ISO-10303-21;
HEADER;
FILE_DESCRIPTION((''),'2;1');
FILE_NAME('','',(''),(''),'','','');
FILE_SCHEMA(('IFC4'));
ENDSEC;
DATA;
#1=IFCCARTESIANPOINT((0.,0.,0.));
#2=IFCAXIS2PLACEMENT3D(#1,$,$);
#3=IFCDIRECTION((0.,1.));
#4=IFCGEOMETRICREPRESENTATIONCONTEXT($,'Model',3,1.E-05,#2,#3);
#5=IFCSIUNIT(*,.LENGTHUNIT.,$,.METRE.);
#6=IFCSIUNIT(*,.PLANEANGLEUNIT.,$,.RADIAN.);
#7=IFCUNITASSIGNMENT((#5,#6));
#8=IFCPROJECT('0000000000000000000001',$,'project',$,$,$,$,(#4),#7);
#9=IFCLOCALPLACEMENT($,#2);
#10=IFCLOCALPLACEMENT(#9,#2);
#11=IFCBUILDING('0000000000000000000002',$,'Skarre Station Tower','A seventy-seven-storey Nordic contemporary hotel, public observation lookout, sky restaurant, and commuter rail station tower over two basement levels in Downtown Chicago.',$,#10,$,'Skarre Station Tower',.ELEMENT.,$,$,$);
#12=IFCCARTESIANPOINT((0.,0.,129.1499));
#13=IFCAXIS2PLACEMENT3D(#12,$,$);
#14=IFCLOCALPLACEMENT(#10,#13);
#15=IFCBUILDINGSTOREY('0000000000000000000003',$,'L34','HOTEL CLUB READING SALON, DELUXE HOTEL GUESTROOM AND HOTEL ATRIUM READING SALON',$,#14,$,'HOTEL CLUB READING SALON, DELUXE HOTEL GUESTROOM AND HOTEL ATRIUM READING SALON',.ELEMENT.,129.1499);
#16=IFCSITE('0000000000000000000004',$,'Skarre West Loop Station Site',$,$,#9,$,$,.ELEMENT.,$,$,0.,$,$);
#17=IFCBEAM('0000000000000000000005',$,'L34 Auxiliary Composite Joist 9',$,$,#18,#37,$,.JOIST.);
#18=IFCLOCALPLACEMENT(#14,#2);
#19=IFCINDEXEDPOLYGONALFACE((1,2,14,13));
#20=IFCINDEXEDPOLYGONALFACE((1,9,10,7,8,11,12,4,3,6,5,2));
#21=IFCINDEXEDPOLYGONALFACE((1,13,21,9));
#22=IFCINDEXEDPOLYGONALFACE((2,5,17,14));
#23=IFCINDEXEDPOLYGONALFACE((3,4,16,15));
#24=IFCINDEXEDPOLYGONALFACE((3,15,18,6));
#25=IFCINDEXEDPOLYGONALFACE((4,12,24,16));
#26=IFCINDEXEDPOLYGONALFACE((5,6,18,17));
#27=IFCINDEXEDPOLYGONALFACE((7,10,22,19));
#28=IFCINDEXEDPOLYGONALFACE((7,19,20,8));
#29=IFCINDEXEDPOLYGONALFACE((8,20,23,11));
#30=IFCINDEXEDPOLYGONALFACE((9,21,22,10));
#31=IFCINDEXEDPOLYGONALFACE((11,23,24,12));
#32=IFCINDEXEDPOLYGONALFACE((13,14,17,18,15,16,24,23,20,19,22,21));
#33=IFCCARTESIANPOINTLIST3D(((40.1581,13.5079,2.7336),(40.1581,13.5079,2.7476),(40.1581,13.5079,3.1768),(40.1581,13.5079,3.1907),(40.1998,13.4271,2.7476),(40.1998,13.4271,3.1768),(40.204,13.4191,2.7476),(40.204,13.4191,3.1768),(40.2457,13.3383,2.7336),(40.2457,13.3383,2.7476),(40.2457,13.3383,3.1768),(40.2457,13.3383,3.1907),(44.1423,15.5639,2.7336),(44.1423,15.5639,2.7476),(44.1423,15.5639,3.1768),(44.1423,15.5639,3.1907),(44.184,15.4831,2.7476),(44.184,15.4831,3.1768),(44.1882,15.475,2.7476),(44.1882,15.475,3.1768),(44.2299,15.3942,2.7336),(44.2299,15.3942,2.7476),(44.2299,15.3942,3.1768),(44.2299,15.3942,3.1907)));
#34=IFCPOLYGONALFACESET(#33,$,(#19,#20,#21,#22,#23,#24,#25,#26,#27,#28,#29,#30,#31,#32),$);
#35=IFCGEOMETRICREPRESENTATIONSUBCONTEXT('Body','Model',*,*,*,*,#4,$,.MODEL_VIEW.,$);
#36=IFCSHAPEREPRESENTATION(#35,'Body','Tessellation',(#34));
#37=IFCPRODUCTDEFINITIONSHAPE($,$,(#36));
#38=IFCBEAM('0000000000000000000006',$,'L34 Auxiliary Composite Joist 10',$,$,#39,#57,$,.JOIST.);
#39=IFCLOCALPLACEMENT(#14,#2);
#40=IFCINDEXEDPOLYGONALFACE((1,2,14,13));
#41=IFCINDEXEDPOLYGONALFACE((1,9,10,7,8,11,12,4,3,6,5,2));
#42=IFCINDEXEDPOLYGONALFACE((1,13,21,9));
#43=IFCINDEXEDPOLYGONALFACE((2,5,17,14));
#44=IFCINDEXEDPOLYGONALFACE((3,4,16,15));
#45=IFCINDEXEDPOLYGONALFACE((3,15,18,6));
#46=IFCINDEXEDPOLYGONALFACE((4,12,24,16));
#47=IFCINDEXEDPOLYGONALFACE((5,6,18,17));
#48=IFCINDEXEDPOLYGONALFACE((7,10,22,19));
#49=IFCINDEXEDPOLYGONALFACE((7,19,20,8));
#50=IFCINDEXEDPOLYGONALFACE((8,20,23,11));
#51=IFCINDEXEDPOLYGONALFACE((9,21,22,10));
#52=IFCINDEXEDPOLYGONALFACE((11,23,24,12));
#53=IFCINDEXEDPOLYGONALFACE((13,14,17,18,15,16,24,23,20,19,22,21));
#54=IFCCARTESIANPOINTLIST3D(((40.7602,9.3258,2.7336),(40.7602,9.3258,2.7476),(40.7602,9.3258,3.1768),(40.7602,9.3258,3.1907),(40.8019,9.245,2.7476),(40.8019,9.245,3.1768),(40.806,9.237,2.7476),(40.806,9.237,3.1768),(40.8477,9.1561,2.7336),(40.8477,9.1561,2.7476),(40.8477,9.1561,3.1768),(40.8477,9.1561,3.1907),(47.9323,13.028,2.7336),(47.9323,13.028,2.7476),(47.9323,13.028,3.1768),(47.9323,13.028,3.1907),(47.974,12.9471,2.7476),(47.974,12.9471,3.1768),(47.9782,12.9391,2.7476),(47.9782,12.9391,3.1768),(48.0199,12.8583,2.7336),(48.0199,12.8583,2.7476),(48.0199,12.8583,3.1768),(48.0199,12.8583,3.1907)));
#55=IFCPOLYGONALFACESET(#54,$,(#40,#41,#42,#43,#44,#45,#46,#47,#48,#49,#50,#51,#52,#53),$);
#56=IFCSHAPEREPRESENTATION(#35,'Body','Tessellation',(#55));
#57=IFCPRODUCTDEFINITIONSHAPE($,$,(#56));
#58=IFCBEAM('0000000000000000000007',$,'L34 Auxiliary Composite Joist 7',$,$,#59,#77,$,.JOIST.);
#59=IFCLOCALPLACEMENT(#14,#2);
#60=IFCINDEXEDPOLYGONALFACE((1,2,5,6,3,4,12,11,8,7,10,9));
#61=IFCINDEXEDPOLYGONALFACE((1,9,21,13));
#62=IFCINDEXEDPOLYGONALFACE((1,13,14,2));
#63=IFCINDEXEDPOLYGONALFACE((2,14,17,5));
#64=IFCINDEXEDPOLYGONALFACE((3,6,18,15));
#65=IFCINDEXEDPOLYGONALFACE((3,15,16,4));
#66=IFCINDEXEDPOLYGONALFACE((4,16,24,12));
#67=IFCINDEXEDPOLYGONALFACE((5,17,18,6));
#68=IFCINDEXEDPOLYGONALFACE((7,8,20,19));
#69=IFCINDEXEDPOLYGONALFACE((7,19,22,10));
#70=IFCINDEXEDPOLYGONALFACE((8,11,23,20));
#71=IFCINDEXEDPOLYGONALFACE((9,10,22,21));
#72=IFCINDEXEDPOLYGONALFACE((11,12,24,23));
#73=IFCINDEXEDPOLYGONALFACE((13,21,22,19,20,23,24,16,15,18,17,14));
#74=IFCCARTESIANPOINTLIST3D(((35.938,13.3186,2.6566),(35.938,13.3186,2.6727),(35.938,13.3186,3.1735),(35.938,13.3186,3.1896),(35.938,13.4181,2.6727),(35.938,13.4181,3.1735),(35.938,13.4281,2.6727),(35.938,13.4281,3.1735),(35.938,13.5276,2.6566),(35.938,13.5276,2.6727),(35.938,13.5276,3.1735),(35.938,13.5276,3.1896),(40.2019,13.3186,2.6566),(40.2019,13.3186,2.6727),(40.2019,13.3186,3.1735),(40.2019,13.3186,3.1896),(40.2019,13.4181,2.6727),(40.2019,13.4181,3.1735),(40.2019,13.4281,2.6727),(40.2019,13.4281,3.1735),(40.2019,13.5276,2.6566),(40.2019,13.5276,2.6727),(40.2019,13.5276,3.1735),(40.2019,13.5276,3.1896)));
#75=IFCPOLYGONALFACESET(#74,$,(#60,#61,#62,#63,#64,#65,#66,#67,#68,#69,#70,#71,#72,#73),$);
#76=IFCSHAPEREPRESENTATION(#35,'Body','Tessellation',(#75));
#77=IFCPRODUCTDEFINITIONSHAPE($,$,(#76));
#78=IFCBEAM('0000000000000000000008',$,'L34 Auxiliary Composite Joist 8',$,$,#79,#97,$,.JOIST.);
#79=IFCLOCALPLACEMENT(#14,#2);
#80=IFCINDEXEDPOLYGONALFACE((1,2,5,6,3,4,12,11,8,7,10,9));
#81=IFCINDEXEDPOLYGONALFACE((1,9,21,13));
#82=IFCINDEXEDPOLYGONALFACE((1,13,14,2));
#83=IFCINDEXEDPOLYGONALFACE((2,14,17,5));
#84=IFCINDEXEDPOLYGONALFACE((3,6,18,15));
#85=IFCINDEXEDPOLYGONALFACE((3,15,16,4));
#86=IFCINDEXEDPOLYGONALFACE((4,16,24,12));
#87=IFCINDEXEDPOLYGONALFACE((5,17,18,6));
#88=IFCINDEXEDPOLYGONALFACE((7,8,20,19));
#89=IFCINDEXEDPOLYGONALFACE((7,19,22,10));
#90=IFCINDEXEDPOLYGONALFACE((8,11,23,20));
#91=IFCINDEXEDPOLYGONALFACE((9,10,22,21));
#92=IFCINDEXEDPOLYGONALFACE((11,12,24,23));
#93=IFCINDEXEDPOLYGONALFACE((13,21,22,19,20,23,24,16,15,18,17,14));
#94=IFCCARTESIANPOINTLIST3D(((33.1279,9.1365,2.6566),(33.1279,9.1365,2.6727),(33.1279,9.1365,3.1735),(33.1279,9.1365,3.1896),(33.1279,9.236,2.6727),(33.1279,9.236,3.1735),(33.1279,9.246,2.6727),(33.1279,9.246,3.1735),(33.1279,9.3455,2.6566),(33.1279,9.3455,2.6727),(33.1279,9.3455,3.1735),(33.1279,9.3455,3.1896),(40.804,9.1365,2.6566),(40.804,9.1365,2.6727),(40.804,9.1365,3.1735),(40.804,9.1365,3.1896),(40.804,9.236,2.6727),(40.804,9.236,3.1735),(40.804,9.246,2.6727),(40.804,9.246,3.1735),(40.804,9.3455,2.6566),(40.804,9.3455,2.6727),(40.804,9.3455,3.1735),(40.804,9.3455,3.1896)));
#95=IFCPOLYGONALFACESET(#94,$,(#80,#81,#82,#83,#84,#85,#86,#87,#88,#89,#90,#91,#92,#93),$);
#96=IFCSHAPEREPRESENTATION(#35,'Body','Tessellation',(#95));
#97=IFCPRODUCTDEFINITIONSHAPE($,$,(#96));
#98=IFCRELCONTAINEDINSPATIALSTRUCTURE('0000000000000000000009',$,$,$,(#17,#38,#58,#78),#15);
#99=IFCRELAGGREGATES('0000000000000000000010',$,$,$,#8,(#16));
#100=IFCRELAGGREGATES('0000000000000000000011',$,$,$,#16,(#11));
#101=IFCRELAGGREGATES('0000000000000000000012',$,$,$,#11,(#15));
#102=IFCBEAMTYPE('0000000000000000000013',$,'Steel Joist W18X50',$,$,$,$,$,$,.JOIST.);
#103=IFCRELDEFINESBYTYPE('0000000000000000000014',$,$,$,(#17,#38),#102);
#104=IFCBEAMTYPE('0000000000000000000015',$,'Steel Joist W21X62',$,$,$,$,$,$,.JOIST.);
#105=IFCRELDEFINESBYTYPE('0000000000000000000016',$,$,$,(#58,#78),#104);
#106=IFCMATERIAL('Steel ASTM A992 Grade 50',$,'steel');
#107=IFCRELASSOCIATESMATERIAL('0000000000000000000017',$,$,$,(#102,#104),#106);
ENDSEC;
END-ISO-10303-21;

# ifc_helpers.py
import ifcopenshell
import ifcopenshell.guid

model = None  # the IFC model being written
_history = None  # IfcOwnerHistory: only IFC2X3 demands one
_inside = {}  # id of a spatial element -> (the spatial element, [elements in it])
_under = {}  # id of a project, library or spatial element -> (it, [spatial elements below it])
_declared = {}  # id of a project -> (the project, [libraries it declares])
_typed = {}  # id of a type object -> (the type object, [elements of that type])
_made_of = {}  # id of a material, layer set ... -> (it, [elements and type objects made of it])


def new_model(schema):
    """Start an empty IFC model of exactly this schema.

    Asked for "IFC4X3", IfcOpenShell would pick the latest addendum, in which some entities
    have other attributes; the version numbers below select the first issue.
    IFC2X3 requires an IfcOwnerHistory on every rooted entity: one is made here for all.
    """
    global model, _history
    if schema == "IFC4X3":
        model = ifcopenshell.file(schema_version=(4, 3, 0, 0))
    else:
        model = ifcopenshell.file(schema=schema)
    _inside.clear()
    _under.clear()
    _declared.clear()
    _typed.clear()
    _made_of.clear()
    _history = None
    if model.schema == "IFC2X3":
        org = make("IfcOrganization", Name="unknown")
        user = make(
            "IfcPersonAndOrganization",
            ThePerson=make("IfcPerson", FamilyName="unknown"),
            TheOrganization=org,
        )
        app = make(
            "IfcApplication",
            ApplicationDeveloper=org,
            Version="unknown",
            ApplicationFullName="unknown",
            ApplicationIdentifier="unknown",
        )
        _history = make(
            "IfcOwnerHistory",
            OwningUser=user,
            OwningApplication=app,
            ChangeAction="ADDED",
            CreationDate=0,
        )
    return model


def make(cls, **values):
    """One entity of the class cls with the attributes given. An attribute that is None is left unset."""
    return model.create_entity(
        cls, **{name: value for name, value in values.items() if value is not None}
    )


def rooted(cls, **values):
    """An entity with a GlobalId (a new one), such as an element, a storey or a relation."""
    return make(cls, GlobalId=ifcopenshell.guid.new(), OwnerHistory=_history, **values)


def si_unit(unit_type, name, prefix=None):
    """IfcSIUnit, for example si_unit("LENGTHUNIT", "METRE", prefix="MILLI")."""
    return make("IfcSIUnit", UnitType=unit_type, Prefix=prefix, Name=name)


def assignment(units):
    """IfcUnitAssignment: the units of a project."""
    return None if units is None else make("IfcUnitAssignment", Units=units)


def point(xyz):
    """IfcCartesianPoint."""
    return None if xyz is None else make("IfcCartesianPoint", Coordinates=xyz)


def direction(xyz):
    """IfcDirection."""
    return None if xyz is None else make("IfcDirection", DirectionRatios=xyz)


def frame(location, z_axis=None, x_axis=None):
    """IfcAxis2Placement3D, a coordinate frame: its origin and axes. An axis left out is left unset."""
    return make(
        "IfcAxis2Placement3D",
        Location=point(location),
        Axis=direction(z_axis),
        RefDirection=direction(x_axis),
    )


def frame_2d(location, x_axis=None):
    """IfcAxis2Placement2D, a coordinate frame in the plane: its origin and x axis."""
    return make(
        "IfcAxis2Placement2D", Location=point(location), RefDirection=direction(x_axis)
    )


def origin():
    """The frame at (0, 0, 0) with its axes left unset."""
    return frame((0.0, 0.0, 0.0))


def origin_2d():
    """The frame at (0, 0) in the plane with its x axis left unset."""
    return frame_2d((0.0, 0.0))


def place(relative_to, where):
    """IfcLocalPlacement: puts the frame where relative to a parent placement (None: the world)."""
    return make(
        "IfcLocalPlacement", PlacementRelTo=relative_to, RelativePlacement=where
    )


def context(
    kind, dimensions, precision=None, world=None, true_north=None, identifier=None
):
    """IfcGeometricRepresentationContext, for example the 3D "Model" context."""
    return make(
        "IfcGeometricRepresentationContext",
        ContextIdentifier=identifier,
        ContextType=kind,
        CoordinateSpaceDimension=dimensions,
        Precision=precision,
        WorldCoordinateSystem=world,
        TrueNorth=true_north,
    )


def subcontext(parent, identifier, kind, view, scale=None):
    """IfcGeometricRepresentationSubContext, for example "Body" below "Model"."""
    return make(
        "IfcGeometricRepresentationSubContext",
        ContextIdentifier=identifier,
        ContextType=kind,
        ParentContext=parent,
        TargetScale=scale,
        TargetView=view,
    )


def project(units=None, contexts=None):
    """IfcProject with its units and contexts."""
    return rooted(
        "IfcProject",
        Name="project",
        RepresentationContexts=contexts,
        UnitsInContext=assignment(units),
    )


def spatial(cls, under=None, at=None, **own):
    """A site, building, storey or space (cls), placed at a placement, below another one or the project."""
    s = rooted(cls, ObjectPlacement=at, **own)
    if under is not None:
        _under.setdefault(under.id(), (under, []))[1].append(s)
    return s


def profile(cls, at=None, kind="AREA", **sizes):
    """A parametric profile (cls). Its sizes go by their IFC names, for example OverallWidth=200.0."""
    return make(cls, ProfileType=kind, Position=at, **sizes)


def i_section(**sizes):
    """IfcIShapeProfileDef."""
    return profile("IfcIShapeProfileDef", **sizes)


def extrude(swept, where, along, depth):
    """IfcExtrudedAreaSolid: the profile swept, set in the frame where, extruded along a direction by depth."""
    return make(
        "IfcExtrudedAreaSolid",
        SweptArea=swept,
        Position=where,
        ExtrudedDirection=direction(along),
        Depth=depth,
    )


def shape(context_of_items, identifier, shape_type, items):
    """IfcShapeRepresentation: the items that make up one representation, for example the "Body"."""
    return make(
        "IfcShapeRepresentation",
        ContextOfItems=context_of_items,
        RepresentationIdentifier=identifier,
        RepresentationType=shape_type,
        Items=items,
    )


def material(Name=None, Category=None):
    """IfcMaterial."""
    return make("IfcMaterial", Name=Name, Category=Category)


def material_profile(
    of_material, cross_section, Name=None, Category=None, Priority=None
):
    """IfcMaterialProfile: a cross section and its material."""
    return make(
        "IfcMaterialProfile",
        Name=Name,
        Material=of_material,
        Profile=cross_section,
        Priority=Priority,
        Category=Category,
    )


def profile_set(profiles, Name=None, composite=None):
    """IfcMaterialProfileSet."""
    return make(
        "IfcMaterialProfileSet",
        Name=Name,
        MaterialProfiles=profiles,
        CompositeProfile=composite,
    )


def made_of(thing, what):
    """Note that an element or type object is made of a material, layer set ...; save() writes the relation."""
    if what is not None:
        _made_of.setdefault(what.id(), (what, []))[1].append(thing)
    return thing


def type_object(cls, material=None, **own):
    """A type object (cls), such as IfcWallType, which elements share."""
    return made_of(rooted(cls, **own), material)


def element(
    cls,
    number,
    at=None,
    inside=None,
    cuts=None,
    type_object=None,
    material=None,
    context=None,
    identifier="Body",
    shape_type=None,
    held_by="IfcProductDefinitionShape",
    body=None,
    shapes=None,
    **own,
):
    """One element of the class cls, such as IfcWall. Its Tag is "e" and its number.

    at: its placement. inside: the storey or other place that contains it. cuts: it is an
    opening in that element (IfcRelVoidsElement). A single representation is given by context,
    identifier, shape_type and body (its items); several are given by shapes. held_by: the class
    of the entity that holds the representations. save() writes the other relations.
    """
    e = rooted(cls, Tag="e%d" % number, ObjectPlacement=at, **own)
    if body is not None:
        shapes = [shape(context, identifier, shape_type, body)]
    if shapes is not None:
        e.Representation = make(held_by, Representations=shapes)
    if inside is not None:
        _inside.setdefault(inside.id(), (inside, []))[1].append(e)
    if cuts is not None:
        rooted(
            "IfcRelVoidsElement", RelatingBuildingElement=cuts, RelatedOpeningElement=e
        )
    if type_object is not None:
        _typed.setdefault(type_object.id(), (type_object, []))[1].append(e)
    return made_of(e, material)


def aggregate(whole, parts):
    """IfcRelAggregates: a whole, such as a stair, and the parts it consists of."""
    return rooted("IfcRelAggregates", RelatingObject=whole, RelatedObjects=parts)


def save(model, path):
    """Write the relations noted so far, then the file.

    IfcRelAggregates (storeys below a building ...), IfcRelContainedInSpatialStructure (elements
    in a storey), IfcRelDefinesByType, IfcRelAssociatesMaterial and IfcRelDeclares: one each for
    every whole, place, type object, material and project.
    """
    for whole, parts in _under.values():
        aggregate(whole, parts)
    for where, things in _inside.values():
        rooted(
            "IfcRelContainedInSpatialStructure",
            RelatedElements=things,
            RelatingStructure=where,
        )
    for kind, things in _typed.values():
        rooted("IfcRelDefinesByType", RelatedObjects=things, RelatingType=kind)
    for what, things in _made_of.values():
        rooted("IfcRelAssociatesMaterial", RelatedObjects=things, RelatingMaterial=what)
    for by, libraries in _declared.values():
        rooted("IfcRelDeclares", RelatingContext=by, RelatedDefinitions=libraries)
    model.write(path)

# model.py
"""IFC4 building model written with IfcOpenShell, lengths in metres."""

from ifc_helpers import new_model, si_unit, direction, frame, origin, origin_2d, place, context, subcontext, project, spatial, i_section, extrude, material, material_profile, profile_set, type_object, element, save


model = new_model("IFC4")

# Units and contexts
model_context = context("Model", 3, precision=1e-05, world=origin(), true_north=direction((0.0, 1.0)))
body_context = subcontext(model_context, "Body", "Model", "MODEL_VIEW")
ifc_project = project(units=[si_unit("LENGTHUNIT", "METRE"), si_unit("PLANEANGLEUNIT", "RADIAN")], contexts=[model_context])

# Site, building, storey
site_placement = place(None, origin())
site = spatial("IfcSite", under=ifc_project, at=site_placement, Name="Skarre West Loop Station Site", CompositionType="ELEMENT", RefElevation=0.0)
building_placement = place(site_placement, origin())
building = spatial("IfcBuilding", under=site, at=building_placement, Name="Skarre Station Tower", Description="A seventy-seven-storey Nordic contemporary hotel, public observation lookout, sky restaurant, and commuter rail station tower over two basement levels in Downtown Chicago.", LongName="Skarre Station Tower", CompositionType="ELEMENT")
storey_placement = place(building_placement, frame((0.0, 0.0, 129.1499)))
storey = spatial("IfcBuildingStorey", under=building, at=storey_placement, Name="L34", Description="HOTEL CLUB READING SALON, DELUXE HOTEL GUESTROOM AND HOTEL ATRIUM READING SALON", LongName="HOTEL CLUB READING SALON, DELUXE HOTEL GUESTROOM AND HOTEL ATRIUM READING SALON", CompositionType="ELEMENT", Elevation=129.1499)

# Beams
ifc_material_1 = material(Name="Steel ASTM A992 Grade 50", Category="steel")
ifc_material_profile_1 = material_profile(ifc_material_1, i_section(OverallWidth=0.1909, OverallDepth=0.457, WebThickness=0.009, FlangeThickness=0.0139, at=origin_2d()), Name="Steel ASTM A992 Grade 50")
ifc_profile_set_1 = profile_set([ifc_material_profile_1], Name="Steel ASTM A992 Grade 50")
beam_type_1 = type_object("IfcBeamType", Name="Steel Joist W18X50", PredefinedType="JOIST", material=ifc_profile_set_1)
beam_1_placement = place(storey_placement, frame((40.2019, 13.4231, 2.9622), z_axis=(0.888659, 0.458569, 0.0), x_axis=(-0.458569, 0.888659, 0.0)))
element("IfcBeam", 1, at=beam_1_placement, inside=storey, type_object=beam_type_1, Name="L34 Auxiliary Composite Joist 9", PredefinedType="JOIST", context=body_context, shape_type="SweptSolid", body=[
    extrude(i_section(OverallWidth=0.1909, OverallDepth=0.457, WebThickness=0.009, FlangeThickness=0.0139, at=origin_2d()), origin(), (0.0, 0.0, 1.0), 4.4834),
])
beam_2_placement = place(storey_placement, frame((40.804, 9.241, 2.9622), z_axis=(0.8886, 0.458683, 0.0), x_axis=(-0.458683, 0.8886, 0.0)))
element("IfcBeam", 2, at=beam_2_placement, inside=storey, type_object=beam_type_1, Name="L34 Auxiliary Composite Joist 10", PredefinedType="JOIST", context=body_context, shape_type="SweptSolid", body=[
    extrude(i_section(OverallWidth=0.1909, OverallDepth=0.457, WebThickness=0.009, FlangeThickness=0.0139, at=origin_2d()), origin(), (0.0, 0.0, 1.0), 8.0713),
])
ifc_material_profile_2 = material_profile(ifc_material_1, i_section(OverallWidth=0.209, OverallDepth=0.533, WebThickness=0.01, FlangeThickness=0.0161, at=origin_2d()), Name="Steel ASTM A992 Grade 50")
ifc_profile_set_2 = profile_set([ifc_material_profile_2], Name="Steel ASTM A992 Grade 50")
beam_type_2 = type_object("IfcBeamType", Name="Steel Joist W21X62", PredefinedType="JOIST", material=ifc_profile_set_2)
beam_3_placement = place(storey_placement, frame((35.938, 13.4231, 2.9231), z_axis=(1.0, 0.0, 0.0), x_axis=(0.0, 1.0, 0.0)))
element("IfcBeam", 3, at=beam_3_placement, inside=storey, type_object=beam_type_2, Name="L34 Auxiliary Composite Joist 7", PredefinedType="JOIST", context=body_context, shape_type="SweptSolid", body=[
    extrude(i_section(OverallWidth=0.209, OverallDepth=0.533, WebThickness=0.01, FlangeThickness=0.0161, at=origin_2d()), origin(), (0.0, 0.0, 1.0), 4.2639),
])
beam_4_placement = place(storey_placement, frame((33.1279, 9.241, 2.9231), z_axis=(1.0, 0.0, 0.0), x_axis=(0.0, 1.0, 0.0)))
element("IfcBeam", 4, at=beam_4_placement, inside=storey, type_object=beam_type_2, Name="L34 Auxiliary Composite Joist 8", PredefinedType="JOIST", context=body_context, shape_type="SweptSolid", body=[
    extrude(i_section(OverallWidth=0.209, OverallDepth=0.533, WebThickness=0.01, FlangeThickness=0.0161, at=origin_2d()), origin(), (0.0, 0.0, 1.0), 7.676),
])

save(model, "model.ifc")
